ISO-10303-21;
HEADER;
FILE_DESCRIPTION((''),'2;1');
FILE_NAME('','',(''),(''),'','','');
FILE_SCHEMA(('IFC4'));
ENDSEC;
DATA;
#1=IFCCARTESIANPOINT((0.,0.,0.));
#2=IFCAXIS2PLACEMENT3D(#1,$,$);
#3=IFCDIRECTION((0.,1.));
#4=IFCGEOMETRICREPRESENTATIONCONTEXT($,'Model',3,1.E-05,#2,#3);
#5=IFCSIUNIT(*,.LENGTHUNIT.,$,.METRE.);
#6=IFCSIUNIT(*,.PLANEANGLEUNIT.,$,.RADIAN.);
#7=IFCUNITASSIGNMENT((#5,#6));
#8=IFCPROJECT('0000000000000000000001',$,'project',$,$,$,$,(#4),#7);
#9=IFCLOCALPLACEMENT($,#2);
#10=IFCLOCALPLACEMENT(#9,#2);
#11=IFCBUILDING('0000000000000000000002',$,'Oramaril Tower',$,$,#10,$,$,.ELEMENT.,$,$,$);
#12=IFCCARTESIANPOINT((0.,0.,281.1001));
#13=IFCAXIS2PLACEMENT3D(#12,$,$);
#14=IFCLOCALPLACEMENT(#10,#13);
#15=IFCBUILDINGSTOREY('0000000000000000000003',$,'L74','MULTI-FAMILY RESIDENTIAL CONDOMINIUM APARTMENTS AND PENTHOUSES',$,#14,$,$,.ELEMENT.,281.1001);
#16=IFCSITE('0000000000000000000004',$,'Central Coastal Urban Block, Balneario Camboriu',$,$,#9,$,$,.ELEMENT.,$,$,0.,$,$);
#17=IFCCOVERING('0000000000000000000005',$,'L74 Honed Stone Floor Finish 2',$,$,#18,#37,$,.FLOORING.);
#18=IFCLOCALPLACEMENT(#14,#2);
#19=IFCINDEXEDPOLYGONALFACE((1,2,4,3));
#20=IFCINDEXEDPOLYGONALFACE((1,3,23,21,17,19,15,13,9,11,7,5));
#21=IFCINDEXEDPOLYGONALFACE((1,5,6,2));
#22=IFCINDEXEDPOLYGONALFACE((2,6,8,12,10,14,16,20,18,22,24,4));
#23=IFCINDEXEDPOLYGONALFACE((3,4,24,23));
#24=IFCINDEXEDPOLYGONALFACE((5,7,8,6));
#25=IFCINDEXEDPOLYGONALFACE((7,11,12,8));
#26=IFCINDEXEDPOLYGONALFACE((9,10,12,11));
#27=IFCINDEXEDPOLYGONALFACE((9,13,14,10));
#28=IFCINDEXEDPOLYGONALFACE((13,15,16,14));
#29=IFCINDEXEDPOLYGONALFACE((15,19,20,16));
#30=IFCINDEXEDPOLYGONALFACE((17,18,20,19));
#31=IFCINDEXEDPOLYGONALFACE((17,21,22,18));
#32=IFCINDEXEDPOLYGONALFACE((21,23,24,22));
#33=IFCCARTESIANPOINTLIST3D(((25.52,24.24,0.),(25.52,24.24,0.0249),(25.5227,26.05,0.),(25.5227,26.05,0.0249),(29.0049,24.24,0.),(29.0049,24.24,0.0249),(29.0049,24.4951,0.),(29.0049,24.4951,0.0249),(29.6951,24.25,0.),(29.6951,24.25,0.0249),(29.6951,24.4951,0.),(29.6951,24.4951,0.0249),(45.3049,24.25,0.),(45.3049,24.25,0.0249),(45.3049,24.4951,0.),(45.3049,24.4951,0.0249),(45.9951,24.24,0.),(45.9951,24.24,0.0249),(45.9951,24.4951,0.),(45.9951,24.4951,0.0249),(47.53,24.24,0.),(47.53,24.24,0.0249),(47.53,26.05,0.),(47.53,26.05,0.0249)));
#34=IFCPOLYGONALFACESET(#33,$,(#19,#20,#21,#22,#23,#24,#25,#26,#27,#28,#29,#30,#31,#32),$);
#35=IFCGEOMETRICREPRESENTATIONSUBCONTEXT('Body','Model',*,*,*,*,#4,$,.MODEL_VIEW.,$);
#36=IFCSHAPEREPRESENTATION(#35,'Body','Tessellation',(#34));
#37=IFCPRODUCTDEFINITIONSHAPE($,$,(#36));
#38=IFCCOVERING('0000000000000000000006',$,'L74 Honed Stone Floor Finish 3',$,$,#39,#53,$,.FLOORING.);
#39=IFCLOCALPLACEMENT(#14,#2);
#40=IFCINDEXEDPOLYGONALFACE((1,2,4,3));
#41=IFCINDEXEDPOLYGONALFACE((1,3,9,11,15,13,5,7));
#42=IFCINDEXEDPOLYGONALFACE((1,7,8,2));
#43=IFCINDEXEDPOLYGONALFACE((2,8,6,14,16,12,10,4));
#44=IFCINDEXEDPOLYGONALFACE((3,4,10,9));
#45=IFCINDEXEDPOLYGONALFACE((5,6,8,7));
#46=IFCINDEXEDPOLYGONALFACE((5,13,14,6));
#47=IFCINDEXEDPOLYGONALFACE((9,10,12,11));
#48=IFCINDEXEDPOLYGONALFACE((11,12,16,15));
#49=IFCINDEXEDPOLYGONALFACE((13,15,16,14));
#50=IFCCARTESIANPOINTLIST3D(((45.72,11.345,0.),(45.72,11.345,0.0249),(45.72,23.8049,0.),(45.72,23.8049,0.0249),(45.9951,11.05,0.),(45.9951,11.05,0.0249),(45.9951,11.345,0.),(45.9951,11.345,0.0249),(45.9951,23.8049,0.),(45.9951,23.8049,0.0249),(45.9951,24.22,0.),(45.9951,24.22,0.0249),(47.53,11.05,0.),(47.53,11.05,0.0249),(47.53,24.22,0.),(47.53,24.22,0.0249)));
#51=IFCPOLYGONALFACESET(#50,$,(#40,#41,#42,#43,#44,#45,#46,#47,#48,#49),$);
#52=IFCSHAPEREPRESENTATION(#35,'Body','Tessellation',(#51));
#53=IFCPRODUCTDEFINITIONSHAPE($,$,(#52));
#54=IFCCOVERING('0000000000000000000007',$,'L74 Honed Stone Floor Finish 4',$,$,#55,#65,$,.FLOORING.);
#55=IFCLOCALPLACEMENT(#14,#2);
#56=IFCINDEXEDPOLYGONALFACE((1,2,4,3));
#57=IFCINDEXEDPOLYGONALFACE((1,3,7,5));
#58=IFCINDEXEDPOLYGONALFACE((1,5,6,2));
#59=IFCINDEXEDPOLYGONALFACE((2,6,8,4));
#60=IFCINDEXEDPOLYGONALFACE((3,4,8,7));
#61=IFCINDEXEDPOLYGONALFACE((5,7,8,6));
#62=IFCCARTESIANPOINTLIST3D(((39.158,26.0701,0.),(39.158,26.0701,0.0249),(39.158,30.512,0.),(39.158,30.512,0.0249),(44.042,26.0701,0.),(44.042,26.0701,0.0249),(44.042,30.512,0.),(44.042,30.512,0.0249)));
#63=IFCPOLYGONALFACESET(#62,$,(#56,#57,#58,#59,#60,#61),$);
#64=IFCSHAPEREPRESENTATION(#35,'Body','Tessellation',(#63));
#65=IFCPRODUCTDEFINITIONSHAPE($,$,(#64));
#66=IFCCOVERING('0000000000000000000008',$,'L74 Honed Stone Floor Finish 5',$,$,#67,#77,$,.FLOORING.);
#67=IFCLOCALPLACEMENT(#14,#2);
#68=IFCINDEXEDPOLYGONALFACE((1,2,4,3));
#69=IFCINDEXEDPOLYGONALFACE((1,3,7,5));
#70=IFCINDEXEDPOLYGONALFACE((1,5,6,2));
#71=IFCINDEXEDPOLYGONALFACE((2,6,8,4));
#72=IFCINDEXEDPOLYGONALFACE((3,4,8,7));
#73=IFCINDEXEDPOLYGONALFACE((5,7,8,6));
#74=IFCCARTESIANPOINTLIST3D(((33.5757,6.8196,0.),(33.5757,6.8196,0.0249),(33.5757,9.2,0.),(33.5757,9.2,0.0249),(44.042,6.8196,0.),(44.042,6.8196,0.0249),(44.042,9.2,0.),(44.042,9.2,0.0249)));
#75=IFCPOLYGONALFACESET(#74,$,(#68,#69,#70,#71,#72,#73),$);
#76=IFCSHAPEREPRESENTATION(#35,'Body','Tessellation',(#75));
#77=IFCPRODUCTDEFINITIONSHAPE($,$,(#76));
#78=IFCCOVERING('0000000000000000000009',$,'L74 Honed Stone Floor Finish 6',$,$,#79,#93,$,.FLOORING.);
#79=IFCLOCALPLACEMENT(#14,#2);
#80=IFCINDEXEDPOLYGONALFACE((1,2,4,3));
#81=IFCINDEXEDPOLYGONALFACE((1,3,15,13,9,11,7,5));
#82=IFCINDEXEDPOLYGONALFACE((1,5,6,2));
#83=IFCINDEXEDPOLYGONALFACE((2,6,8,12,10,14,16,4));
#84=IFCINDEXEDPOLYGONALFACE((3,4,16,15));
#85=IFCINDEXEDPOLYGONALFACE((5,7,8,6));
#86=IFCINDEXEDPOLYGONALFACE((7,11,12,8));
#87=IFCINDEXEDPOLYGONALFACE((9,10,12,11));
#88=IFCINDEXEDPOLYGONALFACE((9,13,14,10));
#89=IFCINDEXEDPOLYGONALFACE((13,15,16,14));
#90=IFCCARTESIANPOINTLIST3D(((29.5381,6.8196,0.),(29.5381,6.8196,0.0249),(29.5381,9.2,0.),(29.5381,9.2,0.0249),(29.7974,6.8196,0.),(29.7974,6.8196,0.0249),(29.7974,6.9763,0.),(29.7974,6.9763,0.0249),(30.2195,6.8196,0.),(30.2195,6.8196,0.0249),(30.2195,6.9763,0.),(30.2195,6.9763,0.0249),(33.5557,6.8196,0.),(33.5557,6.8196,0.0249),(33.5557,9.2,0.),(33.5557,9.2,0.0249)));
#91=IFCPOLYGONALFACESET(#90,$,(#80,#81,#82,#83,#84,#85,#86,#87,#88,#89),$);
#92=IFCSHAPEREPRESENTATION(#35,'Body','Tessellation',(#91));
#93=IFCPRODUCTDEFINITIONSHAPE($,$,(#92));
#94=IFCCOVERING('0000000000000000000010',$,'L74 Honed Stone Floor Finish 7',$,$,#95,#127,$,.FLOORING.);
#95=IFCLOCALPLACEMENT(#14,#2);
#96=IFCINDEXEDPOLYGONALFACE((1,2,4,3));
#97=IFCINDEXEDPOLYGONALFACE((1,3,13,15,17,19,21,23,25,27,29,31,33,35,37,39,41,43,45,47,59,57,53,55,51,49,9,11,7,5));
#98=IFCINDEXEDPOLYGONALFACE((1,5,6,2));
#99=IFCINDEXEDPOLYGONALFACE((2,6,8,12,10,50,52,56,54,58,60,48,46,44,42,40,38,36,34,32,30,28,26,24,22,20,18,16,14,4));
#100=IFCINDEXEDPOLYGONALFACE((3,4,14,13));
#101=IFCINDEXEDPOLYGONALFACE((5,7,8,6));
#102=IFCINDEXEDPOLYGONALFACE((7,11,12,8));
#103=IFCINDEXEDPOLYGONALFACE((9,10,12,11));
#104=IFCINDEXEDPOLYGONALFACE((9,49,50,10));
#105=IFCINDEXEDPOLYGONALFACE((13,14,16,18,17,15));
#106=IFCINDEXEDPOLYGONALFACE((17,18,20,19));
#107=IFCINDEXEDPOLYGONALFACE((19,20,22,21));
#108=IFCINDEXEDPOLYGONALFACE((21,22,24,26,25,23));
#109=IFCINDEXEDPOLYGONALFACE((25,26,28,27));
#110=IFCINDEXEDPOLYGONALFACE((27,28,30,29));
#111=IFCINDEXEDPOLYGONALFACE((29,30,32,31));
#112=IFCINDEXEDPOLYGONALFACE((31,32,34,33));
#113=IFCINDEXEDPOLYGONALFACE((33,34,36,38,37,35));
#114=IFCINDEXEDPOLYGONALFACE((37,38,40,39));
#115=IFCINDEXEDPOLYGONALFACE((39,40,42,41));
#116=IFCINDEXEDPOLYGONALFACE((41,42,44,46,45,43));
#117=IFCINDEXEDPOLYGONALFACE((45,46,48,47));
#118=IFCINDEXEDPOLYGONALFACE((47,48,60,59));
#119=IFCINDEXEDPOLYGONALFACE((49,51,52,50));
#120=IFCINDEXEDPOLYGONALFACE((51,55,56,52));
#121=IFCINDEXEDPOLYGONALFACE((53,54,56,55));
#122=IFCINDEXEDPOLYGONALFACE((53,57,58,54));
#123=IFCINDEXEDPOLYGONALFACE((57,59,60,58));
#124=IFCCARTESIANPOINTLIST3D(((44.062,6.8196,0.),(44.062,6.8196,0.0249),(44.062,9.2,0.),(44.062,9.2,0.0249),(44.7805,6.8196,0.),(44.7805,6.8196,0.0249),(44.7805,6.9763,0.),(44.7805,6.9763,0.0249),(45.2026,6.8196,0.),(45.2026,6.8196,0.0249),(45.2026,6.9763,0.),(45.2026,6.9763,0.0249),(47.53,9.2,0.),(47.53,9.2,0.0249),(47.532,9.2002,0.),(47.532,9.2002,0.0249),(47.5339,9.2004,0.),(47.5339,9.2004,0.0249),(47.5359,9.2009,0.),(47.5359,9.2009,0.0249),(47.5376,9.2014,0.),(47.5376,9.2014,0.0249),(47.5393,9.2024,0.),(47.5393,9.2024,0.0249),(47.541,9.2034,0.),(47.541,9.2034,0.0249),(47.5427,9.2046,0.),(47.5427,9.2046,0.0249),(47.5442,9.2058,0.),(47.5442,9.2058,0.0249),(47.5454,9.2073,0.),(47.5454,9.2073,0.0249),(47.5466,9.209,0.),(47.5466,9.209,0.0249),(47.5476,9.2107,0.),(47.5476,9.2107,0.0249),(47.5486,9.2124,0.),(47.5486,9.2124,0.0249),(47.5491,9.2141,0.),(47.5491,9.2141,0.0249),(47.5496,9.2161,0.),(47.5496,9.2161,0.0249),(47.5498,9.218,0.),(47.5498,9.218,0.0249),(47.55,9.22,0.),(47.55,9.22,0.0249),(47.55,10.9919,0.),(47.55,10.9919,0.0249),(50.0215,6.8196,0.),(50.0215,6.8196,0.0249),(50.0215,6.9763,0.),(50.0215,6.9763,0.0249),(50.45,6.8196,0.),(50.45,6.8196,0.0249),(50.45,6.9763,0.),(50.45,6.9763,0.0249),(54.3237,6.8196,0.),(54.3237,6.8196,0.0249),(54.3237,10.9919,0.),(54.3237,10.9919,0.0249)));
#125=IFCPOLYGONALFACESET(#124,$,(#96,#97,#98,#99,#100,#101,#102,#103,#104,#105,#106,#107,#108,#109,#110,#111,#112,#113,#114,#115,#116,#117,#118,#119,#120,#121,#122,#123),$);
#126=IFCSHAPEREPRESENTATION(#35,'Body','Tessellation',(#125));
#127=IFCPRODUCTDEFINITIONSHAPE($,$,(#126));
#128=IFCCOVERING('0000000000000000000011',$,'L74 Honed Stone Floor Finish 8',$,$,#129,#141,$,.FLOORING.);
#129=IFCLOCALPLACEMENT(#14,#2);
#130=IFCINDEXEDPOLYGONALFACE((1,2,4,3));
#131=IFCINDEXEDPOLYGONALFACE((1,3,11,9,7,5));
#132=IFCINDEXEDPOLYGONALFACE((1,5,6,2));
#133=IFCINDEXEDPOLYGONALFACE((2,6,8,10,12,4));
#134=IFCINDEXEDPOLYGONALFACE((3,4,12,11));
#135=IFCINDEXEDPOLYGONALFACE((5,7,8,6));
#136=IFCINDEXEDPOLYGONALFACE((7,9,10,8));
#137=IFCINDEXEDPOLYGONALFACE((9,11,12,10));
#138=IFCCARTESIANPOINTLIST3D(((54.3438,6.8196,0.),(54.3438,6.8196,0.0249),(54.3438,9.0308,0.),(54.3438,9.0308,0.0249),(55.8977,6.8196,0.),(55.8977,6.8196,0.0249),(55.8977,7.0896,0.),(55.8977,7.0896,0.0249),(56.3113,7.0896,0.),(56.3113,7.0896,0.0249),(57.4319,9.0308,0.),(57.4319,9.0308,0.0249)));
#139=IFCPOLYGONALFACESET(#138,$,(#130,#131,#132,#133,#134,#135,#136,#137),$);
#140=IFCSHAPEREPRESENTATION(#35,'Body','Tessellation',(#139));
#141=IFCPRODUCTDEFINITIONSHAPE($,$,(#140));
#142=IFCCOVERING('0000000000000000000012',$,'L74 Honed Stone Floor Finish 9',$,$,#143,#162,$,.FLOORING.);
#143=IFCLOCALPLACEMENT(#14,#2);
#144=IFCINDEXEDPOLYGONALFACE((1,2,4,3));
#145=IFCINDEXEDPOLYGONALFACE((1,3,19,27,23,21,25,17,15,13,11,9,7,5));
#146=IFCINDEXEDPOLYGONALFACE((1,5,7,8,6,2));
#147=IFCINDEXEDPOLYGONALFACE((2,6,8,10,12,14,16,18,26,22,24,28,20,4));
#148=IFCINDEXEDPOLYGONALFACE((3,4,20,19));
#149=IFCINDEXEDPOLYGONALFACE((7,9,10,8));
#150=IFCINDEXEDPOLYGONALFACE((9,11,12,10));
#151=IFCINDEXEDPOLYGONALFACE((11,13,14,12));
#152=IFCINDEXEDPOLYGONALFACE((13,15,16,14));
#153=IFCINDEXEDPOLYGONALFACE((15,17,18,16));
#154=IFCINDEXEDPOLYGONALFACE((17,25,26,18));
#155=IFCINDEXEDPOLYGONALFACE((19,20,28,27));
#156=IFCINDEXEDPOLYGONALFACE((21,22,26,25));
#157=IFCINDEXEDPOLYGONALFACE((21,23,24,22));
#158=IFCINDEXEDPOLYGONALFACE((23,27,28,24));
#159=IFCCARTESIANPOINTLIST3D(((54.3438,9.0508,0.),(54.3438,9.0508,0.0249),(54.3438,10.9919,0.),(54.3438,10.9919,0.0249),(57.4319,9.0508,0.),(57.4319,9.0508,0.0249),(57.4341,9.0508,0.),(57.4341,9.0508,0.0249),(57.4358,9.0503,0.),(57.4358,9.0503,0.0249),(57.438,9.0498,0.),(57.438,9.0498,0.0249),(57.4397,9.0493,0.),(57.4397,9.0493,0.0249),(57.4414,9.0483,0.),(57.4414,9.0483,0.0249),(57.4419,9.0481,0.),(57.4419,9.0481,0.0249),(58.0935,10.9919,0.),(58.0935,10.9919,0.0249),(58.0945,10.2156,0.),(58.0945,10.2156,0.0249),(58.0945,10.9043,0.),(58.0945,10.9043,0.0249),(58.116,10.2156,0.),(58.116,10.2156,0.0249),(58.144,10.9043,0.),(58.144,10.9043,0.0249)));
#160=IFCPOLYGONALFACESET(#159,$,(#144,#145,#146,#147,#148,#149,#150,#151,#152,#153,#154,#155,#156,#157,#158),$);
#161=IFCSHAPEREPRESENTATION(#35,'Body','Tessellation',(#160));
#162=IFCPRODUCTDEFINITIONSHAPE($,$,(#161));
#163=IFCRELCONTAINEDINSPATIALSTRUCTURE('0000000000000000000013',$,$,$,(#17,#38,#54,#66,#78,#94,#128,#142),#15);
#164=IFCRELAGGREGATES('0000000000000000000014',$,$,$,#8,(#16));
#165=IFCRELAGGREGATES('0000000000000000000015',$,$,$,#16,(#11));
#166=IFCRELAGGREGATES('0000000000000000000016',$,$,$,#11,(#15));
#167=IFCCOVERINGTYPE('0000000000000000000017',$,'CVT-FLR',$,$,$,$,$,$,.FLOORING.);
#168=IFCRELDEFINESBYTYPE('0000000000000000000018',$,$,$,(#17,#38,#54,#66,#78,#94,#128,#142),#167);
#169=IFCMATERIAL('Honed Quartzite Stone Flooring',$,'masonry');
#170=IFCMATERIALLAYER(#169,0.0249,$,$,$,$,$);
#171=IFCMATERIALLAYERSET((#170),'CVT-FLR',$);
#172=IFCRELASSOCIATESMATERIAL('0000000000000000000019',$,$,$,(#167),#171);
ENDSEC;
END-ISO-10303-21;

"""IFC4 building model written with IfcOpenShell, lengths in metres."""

from ifc_helpers import new_model, si_unit, direction, frame, origin, place, context, subcontext, project, spatial, polyline, outline, extrude, material, layer, layer_set, type_object, element, save


model = new_model("IFC4")

# Units and contexts
model_context = context("Model", 3, precision=1e-05, world=origin(), true_north=direction((0.0, 1.0)))
body_context = subcontext(model_context, "Body", "Model", "MODEL_VIEW")
ifc_project = project(units=[si_unit("LENGTHUNIT", "METRE"), si_unit("PLANEANGLEUNIT", "RADIAN")], contexts=[model_context])

# Site, building, storey
site_placement = place(None, origin())
site = spatial("IfcSite", under=ifc_project, at=site_placement, Name="Central Coastal Urban Block, Balneario Camboriu", CompositionType="ELEMENT", RefElevation=0.0)
building_placement = place(site_placement, origin())
building = spatial("IfcBuilding", under=site, at=building_placement, Name="Oramaril Tower", CompositionType="ELEMENT")
storey_placement = place(building_placement, frame((0.0, 0.0, 281.1001)))
storey = spatial("IfcBuildingStorey", under=building, at=storey_placement, Name="L74", Description="MULTI-FAMILY RESIDENTIAL CONDOMINIUM APARTMENTS AND PENTHOUSES", CompositionType="ELEMENT", Elevation=281.1001)

# Coverings
ifc_material_1 = material(Name="Honed Quartzite Stone Flooring", Category="masonry")
ifc_layer_1 = layer(ifc_material_1, 0.0249)
ifc_layer_set_1 = layer_set([ifc_layer_1], Name="CVT-FLR")
covering_type_1 = type_object("IfcCoveringType", Name="CVT-FLR", PredefinedType="FLOORING", material=ifc_layer_set_1)
covering_1_placement = place(storey_placement, origin())
element("IfcCovering", 1, at=covering_1_placement, inside=storey, type_object=covering_type_1, Name="L74 Honed Stone Floor Finish 2", PredefinedType="FLOORING", context=body_context, shape_type="SweptSolid", body=[
    extrude(outline(polyline([(45.9951, 24.24), (45.9951, 24.4951), (45.3049, 24.4951), (45.3049, 24.25), (29.6951, 24.25), (29.6951, 24.4951), (29.0049, 24.4951), (29.0049, 24.24), (25.52, 24.24), (25.5227, 26.05), (47.53, 26.05), (47.53, 24.24), (45.9951, 24.24)])), origin(), (0.0, 0.0, 1.0), 0.0249),
])
covering_2_placement = place(storey_placement, origin())
element("IfcCovering", 2, at=covering_2_placement, inside=storey, type_object=covering_type_1, Name="L74 Honed Stone Floor Finish 3", PredefinedType="FLOORING", context=body_context, shape_type="SweptSolid", body=[
    extrude(outline(polyline([(47.53, 11.05), (45.9951, 11.05), (45.9951, 11.345), (45.72, 11.345), (45.72, 23.8049), (45.9951, 23.8049), (45.9951, 24.22), (47.53, 24.22), (47.53, 11.05)])), origin(), (0.0, 0.0, 1.0), 0.0249),
])
covering_3_placement = place(storey_placement, origin())
element("IfcCovering", 3, at=covering_3_placement, inside=storey, type_object=covering_type_1, Name="L74 Honed Stone Floor Finish 4", PredefinedType="FLOORING", context=body_context, shape_type="SweptSolid", body=[
    extrude(outline(polyline([(44.042, 30.512), (44.042, 26.0701), (39.158, 26.0701), (39.158, 30.512), (44.042, 30.512)])), origin(), (0.0, 0.0, 1.0), 0.0249),
])
covering_4_placement = place(storey_placement, origin())
element("IfcCovering", 4, at=covering_4_placement, inside=storey, type_object=covering_type_1, Name="L74 Honed Stone Floor Finish 5", PredefinedType="FLOORING", context=body_context, shape_type="SweptSolid", body=[
    extrude(outline(polyline([(33.5757, 6.8196), (33.5757, 9.2), (44.042, 9.2), (44.042, 6.8196), (33.5757, 6.8196)])), origin(), (0.0, 0.0, 1.0), 0.0249),
])
covering_5_placement = place(storey_placement, origin())
element("IfcCovering", 5, at=covering_5_placement, inside=storey, type_object=covering_type_1, Name="L74 Honed Stone Floor Finish 6", PredefinedType="FLOORING", context=body_context, shape_type="SweptSolid", body=[
    extrude(outline(polyline([(30.2195, 6.8196), (30.2195, 6.9763), (29.7974, 6.9763), (29.7974, 6.8196), (29.5381, 6.8196), (29.5381, 9.2), (33.5557, 9.2), (33.5557, 6.8196), (30.2195, 6.8196)])), origin(), (0.0, 0.0, 1.0), 0.0249),
])
covering_6_placement = place(storey_placement, origin())
element("IfcCovering", 6, at=covering_6_placement, inside=storey, type_object=covering_type_1, Name="L74 Honed Stone Floor Finish 7", PredefinedType="FLOORING", context=body_context, shape_type="SweptSolid", body=[
    extrude(outline(polyline([(54.3237, 10.9919), (54.3237, 6.8196), (50.45, 6.8196), (50.45, 6.9763), (50.0215, 6.9763), (50.0215, 6.8196), (45.2026, 6.8196), (45.2026, 6.9763), (44.7805, 6.9763), (44.7805, 6.8196), (44.062, 6.8196), (44.062, 9.2), (47.53, 9.2), (47.532, 9.2002), (47.5339, 9.2004), (47.5359, 9.2009), (47.5376, 9.2014), (47.5393, 9.2024), (47.541, 9.2034), (47.5427, 9.2046), (47.5442, 9.2058), (47.5454, 9.2073), (47.5466, 9.209), (47.5476, 9.2107), (47.5486, 9.2124), (47.5491, 9.2141), (47.5496, 9.2161), (47.5498, 9.218), (47.55, 9.22), (47.55, 10.9919), (54.3237, 10.9919)])), origin(), (0.0, 0.0, 1.0), 0.0249),
])
covering_7_placement = place(storey_placement, origin())
element("IfcCovering", 7, at=covering_7_placement, inside=storey, type_object=covering_type_1, Name="L74 Honed Stone Floor Finish 8", PredefinedType="FLOORING", context=body_context, shape_type="SweptSolid", body=[
    extrude(outline(polyline([(56.3113, 7.0896), (55.8977, 7.0896), (55.8977, 6.8196), (54.3438, 6.8196), (54.3438, 9.0308), (57.4319, 9.0308), (56.3113, 7.0896)])), origin(), (0.0, 0.0, 1.0), 0.0249),
])
covering_8_placement = place(storey_placement, origin())
element("IfcCovering", 8, at=covering_8_placement, inside=storey, type_object=covering_type_1, Name="L74 Honed Stone Floor Finish 9", PredefinedType="FLOORING", context=body_context, shape_type="SweptSolid", body=[
    extrude(outline(polyline([(58.144, 10.9043), (58.0945, 10.9043), (58.0945, 10.2156), (58.116, 10.2156), (57.4419, 9.0481), (57.4414, 9.0483), (57.4397, 9.0493), (57.438, 9.0498), (57.4358, 9.0503), (57.4341, 9.0508), (57.4319, 9.0508), (54.3438, 9.0508), (54.3438, 10.9919), (58.0935, 10.9919), (58.144, 10.9043)])), origin(), (0.0, 0.0, 1.0), 0.0249),
])

save(model, "model.ifc")
